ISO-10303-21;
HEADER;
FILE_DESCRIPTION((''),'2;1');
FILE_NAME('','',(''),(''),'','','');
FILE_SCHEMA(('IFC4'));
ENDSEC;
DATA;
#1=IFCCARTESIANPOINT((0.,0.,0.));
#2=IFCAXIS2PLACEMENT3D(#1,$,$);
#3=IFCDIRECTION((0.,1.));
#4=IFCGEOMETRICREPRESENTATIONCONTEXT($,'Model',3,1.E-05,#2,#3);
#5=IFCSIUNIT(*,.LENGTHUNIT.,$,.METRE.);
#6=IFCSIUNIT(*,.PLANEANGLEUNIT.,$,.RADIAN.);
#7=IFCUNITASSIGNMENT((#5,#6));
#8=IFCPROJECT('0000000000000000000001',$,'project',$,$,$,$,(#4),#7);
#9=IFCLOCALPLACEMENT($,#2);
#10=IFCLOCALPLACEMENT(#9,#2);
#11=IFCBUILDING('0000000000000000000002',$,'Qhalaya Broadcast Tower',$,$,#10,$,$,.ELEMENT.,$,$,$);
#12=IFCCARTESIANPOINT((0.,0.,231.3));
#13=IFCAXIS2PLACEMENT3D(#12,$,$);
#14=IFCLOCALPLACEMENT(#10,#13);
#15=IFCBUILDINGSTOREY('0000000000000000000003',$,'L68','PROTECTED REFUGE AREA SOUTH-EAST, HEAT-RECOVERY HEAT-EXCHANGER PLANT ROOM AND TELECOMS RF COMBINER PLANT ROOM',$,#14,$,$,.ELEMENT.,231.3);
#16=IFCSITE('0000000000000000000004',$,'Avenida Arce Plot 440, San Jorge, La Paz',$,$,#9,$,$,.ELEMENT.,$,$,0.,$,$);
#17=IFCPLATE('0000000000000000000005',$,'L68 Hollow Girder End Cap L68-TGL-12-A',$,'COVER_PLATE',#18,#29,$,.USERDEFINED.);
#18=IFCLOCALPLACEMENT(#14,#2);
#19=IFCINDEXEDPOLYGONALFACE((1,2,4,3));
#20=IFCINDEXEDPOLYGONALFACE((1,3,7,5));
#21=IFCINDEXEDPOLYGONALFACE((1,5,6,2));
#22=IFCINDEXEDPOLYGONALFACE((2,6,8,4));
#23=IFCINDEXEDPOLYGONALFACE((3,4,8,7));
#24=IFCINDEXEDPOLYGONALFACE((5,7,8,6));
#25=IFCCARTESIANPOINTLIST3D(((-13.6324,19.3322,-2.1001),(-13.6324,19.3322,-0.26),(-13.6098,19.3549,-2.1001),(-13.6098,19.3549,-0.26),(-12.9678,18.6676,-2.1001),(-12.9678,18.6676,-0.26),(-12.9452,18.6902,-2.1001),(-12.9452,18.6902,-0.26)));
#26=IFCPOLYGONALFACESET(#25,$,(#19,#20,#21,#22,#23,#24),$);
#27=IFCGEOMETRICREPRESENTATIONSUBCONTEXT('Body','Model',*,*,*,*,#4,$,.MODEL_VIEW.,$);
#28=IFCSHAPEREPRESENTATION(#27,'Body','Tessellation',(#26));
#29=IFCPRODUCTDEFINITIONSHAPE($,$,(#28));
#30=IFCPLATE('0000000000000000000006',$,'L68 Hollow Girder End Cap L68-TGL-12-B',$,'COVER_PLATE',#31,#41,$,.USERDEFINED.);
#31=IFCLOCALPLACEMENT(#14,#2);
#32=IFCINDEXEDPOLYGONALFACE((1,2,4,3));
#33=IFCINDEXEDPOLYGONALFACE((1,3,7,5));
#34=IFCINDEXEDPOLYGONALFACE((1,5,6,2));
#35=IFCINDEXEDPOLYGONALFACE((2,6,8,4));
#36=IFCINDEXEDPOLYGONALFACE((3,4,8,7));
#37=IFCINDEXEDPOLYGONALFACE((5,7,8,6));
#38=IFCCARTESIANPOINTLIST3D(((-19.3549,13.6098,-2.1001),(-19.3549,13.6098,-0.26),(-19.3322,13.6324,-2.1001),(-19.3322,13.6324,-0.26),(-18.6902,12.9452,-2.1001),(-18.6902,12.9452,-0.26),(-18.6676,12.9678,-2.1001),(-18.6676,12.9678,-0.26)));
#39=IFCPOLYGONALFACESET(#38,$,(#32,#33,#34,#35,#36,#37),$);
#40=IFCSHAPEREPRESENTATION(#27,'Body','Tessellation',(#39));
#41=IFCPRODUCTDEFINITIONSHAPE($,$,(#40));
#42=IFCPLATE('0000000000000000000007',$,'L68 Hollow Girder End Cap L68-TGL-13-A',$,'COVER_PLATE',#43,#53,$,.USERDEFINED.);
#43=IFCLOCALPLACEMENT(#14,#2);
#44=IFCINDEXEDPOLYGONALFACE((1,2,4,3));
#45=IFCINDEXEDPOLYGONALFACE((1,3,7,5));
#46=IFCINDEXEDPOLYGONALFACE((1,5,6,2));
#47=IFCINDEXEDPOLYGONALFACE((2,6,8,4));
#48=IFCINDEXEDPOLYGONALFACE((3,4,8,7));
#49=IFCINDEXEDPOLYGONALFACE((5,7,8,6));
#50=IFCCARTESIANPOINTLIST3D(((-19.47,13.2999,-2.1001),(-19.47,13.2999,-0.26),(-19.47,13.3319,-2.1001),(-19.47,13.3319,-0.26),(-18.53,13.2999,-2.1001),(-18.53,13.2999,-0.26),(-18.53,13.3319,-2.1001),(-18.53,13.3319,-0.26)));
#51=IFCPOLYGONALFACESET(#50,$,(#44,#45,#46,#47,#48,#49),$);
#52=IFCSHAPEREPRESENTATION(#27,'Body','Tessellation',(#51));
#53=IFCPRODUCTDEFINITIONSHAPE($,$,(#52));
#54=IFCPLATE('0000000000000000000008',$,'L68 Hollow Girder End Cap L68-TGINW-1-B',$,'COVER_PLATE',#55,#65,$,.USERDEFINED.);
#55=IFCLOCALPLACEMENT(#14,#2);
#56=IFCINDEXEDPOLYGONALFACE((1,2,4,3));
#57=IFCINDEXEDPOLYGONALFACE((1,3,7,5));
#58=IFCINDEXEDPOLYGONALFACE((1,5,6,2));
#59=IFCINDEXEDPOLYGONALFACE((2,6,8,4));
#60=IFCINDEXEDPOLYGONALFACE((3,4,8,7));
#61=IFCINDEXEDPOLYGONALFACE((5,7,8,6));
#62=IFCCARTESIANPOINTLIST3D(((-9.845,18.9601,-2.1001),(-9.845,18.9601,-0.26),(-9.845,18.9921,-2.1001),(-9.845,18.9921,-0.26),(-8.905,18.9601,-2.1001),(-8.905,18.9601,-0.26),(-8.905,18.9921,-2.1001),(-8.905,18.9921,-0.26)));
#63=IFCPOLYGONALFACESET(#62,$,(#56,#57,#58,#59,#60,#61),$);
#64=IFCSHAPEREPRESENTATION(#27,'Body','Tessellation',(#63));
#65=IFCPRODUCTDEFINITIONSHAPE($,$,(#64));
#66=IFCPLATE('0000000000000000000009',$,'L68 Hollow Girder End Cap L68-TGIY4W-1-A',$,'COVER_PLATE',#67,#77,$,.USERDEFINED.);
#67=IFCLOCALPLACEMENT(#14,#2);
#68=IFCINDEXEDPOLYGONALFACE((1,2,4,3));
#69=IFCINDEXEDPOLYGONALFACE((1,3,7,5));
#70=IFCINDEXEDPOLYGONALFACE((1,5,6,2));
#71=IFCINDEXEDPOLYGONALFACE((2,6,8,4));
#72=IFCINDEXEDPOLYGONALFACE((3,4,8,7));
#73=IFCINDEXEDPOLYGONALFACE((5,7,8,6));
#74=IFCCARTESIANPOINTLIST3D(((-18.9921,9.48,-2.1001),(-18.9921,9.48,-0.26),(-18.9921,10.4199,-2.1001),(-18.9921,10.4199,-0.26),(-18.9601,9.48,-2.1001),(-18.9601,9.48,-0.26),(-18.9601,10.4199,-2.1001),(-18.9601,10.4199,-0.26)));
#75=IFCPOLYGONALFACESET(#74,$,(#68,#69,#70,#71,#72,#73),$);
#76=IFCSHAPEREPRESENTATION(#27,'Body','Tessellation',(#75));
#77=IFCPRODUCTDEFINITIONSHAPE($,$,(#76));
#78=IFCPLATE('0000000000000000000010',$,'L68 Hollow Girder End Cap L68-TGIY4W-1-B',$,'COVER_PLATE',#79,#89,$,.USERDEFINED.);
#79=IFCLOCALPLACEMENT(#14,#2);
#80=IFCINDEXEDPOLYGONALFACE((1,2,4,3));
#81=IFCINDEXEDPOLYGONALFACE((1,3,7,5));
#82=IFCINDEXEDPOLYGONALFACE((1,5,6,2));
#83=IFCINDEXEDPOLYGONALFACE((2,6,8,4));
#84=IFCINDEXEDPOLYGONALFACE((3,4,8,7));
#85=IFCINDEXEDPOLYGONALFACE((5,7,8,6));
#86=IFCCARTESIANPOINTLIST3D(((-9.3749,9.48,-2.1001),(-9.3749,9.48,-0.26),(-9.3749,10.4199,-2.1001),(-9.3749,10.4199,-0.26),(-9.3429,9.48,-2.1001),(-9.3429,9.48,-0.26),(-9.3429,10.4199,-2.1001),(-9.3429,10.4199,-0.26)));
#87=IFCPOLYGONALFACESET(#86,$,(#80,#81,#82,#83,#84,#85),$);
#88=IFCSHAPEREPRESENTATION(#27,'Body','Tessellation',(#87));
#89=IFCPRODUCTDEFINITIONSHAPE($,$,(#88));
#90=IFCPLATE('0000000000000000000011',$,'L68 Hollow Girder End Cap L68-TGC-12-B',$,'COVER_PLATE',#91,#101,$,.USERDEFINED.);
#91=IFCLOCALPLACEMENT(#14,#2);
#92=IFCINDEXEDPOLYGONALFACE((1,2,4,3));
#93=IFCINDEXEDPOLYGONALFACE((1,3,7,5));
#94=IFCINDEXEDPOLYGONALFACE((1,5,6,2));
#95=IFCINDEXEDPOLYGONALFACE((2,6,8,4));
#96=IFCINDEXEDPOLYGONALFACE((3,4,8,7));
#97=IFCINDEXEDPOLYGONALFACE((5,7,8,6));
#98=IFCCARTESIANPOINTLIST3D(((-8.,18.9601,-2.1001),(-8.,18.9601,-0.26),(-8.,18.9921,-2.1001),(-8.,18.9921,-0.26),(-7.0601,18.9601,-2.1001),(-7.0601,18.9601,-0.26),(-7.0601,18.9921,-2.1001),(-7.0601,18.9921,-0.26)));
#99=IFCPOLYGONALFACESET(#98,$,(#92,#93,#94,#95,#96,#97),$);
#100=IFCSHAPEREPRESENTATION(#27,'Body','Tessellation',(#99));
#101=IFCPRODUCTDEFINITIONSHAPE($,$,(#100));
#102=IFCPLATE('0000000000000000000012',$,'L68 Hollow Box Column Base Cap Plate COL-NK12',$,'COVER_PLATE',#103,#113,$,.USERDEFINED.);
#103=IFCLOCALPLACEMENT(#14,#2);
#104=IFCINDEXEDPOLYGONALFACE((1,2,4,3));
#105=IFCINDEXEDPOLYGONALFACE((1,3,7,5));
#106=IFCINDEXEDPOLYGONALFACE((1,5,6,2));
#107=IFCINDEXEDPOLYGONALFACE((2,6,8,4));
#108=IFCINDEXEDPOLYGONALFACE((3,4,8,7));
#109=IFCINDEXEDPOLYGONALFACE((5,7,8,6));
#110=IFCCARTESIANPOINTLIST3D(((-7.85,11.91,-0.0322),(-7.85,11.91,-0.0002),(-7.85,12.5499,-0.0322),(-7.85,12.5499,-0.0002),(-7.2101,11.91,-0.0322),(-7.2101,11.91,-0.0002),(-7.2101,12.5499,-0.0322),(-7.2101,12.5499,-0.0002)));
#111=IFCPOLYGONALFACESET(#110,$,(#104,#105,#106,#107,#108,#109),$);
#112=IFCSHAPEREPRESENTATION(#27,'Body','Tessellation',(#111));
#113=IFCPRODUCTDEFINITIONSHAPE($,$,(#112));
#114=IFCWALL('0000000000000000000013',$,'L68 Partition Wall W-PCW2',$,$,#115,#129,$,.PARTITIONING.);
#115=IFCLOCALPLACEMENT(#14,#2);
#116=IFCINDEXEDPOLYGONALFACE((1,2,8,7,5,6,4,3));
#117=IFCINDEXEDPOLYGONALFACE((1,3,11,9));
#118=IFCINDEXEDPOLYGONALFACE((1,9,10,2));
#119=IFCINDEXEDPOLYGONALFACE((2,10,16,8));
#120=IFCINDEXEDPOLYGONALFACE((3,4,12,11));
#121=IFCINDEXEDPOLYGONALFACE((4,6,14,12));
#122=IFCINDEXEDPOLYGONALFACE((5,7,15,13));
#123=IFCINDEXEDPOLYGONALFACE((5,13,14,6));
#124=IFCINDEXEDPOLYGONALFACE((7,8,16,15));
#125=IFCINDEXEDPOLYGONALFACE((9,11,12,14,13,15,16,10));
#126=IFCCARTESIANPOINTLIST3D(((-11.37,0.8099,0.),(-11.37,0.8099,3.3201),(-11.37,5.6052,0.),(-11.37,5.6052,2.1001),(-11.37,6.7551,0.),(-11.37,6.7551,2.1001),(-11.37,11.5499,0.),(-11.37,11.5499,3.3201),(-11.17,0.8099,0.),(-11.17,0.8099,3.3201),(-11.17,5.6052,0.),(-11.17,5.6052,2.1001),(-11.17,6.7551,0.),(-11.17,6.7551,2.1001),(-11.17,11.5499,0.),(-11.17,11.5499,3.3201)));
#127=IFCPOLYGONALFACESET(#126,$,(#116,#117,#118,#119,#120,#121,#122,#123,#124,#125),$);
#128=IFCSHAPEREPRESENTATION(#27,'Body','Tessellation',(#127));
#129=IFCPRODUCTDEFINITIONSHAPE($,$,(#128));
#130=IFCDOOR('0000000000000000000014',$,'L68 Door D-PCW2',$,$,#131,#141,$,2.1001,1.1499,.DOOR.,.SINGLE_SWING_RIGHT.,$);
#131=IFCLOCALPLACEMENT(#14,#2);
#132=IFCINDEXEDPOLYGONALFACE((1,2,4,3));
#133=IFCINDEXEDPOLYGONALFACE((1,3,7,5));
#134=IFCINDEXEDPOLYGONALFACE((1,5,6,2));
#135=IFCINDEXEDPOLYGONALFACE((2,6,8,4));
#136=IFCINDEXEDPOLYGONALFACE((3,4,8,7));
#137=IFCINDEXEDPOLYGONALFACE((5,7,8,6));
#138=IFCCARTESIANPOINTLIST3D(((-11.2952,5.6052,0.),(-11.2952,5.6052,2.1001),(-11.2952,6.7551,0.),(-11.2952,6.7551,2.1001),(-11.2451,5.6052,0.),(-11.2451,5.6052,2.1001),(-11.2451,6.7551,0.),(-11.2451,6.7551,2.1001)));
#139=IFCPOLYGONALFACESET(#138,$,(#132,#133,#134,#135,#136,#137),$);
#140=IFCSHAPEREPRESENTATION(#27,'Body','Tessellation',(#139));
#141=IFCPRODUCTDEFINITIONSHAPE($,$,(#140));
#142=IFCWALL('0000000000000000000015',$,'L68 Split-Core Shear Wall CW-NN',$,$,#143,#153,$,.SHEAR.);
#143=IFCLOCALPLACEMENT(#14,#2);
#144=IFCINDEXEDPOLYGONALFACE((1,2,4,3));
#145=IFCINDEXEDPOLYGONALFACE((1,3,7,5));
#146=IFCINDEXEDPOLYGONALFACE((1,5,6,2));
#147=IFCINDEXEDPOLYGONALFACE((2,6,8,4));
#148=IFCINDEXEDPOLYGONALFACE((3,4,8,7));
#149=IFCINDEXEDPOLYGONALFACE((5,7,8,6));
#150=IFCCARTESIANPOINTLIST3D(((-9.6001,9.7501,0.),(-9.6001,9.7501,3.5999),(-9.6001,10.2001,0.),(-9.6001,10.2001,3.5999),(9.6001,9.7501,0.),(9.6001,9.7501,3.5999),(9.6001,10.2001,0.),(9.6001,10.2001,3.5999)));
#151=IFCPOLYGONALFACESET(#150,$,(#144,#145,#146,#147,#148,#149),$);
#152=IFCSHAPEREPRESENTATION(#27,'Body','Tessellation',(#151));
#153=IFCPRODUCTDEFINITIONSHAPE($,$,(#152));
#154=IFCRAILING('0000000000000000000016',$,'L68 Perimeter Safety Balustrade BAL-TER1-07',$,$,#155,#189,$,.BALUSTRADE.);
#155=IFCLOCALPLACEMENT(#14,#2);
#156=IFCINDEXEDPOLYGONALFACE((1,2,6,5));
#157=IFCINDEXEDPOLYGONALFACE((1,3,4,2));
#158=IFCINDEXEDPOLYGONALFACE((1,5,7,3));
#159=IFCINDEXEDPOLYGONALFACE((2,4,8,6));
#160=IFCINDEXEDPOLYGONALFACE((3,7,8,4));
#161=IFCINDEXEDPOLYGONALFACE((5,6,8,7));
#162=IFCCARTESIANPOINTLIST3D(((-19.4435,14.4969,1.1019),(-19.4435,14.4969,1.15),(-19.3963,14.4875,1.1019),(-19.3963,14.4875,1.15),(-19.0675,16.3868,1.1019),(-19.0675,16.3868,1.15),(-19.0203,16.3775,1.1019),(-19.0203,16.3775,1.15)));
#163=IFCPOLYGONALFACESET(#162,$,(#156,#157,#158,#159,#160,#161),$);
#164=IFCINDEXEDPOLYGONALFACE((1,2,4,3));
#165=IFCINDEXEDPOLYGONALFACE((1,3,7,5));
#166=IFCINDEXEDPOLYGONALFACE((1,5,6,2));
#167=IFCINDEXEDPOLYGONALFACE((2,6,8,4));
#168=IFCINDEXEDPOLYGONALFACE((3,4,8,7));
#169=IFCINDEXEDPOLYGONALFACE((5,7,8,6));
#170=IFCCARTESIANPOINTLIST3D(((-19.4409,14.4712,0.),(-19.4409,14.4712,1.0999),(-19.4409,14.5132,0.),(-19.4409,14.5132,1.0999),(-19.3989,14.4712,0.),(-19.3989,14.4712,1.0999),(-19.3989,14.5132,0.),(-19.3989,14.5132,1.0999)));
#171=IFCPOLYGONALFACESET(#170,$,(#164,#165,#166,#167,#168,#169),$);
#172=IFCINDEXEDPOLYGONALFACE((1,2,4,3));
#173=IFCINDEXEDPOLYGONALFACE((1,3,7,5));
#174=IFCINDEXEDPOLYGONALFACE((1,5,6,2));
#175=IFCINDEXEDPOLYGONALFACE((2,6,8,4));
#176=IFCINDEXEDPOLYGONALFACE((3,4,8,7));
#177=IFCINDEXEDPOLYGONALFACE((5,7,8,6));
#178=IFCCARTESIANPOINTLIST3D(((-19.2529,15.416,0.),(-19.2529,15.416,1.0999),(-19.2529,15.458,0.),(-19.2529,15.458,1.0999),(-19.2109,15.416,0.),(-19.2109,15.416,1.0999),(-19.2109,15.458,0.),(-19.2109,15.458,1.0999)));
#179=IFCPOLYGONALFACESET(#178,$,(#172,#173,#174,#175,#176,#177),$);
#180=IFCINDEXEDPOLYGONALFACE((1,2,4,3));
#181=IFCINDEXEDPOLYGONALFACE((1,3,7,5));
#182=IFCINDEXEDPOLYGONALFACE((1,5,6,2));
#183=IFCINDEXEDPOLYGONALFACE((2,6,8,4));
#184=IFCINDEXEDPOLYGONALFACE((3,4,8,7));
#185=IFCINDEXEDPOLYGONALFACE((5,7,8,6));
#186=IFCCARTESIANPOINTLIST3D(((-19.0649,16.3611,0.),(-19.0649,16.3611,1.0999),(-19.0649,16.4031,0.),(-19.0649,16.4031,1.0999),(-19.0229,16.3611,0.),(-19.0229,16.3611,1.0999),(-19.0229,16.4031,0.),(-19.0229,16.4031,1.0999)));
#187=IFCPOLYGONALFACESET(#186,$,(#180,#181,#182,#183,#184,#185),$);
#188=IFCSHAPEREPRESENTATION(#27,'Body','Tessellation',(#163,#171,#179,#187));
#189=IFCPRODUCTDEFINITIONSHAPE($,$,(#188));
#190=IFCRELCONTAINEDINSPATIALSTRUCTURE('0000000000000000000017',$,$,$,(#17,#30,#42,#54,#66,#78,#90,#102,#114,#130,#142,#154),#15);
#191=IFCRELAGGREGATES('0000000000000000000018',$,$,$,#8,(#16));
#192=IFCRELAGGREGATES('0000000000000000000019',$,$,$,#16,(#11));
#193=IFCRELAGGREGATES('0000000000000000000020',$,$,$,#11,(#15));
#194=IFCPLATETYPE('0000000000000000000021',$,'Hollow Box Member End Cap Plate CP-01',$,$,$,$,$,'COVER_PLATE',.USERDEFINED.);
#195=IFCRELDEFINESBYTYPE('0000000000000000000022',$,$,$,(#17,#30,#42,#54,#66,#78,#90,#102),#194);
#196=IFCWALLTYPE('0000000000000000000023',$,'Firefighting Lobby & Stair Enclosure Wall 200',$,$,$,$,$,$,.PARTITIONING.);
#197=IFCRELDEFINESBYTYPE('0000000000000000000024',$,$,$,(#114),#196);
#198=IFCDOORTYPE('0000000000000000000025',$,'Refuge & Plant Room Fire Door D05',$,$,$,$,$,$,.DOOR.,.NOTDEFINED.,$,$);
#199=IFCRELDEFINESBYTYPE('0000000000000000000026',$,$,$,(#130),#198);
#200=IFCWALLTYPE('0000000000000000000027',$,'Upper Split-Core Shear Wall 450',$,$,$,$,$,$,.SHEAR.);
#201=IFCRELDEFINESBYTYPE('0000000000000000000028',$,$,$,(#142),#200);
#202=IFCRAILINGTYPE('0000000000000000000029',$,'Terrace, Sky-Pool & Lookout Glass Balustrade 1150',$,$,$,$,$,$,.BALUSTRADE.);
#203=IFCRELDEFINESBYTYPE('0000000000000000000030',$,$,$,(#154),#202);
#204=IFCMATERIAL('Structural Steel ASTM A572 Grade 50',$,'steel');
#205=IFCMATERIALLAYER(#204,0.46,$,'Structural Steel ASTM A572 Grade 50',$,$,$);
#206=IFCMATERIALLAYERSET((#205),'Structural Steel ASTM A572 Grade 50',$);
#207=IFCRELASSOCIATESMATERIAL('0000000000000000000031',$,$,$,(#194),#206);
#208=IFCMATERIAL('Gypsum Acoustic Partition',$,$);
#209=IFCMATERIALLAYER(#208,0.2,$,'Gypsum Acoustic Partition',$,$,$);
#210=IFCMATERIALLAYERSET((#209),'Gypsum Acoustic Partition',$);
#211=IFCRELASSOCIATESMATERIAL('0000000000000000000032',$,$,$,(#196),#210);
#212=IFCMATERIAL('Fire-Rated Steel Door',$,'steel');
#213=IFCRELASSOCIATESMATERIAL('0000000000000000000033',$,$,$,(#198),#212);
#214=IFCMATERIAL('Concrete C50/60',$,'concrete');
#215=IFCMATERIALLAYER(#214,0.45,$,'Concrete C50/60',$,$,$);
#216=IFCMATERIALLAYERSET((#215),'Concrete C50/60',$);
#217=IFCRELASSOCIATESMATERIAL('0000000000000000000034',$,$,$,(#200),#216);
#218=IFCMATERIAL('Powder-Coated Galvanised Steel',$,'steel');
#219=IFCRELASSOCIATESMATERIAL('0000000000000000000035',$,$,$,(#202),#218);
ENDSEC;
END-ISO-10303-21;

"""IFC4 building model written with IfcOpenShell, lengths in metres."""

from ifc_helpers import new_model, si_unit, direction, frame, frame_2d, origin, origin_2d, place, context, subcontext, project, spatial, rectangle, extrude, material, layer, layer_set, type_object, element, fill, save


model = new_model("IFC4")

# Units and contexts
model_context = context("Model", 3, precision=1e-05, world=origin(), true_north=direction((0.0, 1.0)))
body_context = subcontext(model_context, "Body", "Model", "MODEL_VIEW")
ifc_project = project(units=[si_unit("LENGTHUNIT", "METRE"), si_unit("PLANEANGLEUNIT", "RADIAN")], contexts=[model_context])

# Site, building, storey
site_placement = place(None, origin())
site = spatial("IfcSite", under=ifc_project, at=site_placement, Name="Avenida Arce Plot 440, San Jorge, La Paz", CompositionType="ELEMENT", RefElevation=0.0)
building_placement = place(site_placement, origin())
building = spatial("IfcBuilding", under=site, at=building_placement, Name="Qhalaya Broadcast Tower", CompositionType="ELEMENT")
storey_placement = place(building_placement, frame((0.0, 0.0, 231.3)))
storey = spatial("IfcBuildingStorey", under=building, at=storey_placement, Name="L68", Description="PROTECTED REFUGE AREA SOUTH-EAST, HEAT-RECOVERY HEAT-EXCHANGER PLANT ROOM AND TELECOMS RF COMBINER PLANT ROOM", CompositionType="ELEMENT", Elevation=231.3)

# Shared definitions
ifc_material_1 = material(Name="Concrete C50/60", Category="concrete")
ifc_material_2 = material(Name="Structural Steel ASTM A572 Grade 50", Category="steel")

# Plates
ifc_layer_1 = layer(ifc_material_2, 0.46, Name="Structural Steel ASTM A572 Grade 50")
ifc_layer_set_1 = layer_set([ifc_layer_1], Name="Structural Steel ASTM A572 Grade 50")
plate_type = type_object("IfcPlateType", Name="Hollow Box Member End Cap Plate CP-01", ElementType="COVER_PLATE", PredefinedType="USERDEFINED", material=ifc_layer_set_1)
for number, where, z_axis, x_axis, name in (
    (1, (-13.2888, 19.0112, -2.1001), (0.0, 0.0, 1.0), (0.707107, -0.707107, 0.0), "L68 Hollow Girder End Cap L68-TGL-12-A"),
    (2, (-19.0112, 13.2888, -2.1001), (0.0, 0.0, 1.0), (0.707107, -0.707107, 0.0), "L68 Hollow Girder End Cap L68-TGL-12-B"),
    (3, (-19.0, 13.3159, -2.1001), (0.0, 0.0, 1.0), (1.0, 0.0, 0.0), "L68 Hollow Girder End Cap L68-TGL-13-A"),
    (4, (-9.375, 18.9761, -2.1001), (0.0, 0.0, 1.0), (-1.0, 0.0, 0.0), "L68 Hollow Girder End Cap L68-TGINW-1-B"),
    (5, (-18.9761, 9.95, -2.1001), (0.0, 0.0, 1.0), (0.0, 1.0, 0.0), "L68 Hollow Girder End Cap L68-TGIY4W-1-A"),
    (6, (-9.3589, 9.95, -2.1001), (0.0, 0.0, 1.0), (0.0, 1.0, 0.0), "L68 Hollow Girder End Cap L68-TGIY4W-1-B"),
    (7, (-7.53, 18.9761, -2.1001), (0.0, 0.0, 1.0), (-1.0, 0.0, 0.0), "L68 Hollow Girder End Cap L68-TGC-12-B"),
):
    element("IfcPlate", number, at=place(storey_placement, frame(where, z_axis=z_axis, x_axis=x_axis)), inside=storey, type_object=plate_type, Name=name, ObjectType="COVER_PLATE", PredefinedType="USERDEFINED", context=body_context, shape_type="SweptSolid", body=[
        extrude(rectangle(XDim=0.9399, YDim=0.032, at=origin_2d()), origin(), (0.0, 0.0, 1.0), 1.8401),
    ])
plate_placement = place(storey_placement, frame((-7.53, 12.23, -0.0322), z_axis=(0.0, 0.0, 1.0), x_axis=(1.0, 0.0, 0.0)))
element("IfcPlate", 8, at=plate_placement, inside=storey, type_object=plate_type, Name="L68 Hollow Box Column Base Cap Plate COL-NK12", ObjectType="COVER_PLATE", PredefinedType="USERDEFINED", context=body_context, shape_type="SweptSolid", body=[
    extrude(rectangle(XDim=0.6399, YDim=0.6399, at=origin_2d()), origin(), (0.0, 0.0, 1.0), 0.032),
])

# Wall, opening, door
ifc_material_3 = material(Name="Gypsum Acoustic Partition")
ifc_layer_2 = layer(ifc_material_3, 0.2, Name="Gypsum Acoustic Partition")
ifc_layer_set_2 = layer_set([ifc_layer_2], Name="Gypsum Acoustic Partition")
wall_type_1 = type_object("IfcWallType", Name="Firefighting Lobby & Stair Enclosure Wall 200", PredefinedType="PARTITIONING", material=ifc_layer_set_2)
wall_1_placement = place(storey_placement, frame((-11.27, 11.55, 0.0), z_axis=(0.0, 0.0, 1.0), x_axis=(0.0, -1.0, 0.0)))
wall_1 = element("IfcWall", 9, at=wall_1_placement, inside=storey, type_object=wall_type_1, Name="L68 Partition Wall W-PCW2", PredefinedType="PARTITIONING", context=body_context, shape_type="SweptSolid", body=[
    extrude(rectangle(XDim=10.74, YDim=0.2, at=frame_2d((5.3701, 0.0))), origin(), (0.0, 0.0, 1.0), 3.3201),
])
opening_placement = place(wall_1_placement, frame((4.7949, 0.0, 0.0)))
opening = element("IfcOpeningElement", 10, at=opening_placement, cuts=wall_1, PredefinedType="OPENING", context=body_context, shape_type="SweptSolid", body=[
    extrude(rectangle(XDim=1.1499, YDim=2.1001, at=frame_2d((0.575, 1.05))), frame((0.0, 0.1121, 0.0), z_axis=(0.0, -1.0, 0.0), x_axis=(1.0, 0.0, 0.0)), (0.0, 0.0, 1.0), 0.2239),
])
ifc_material_4 = material(Name="Fire-Rated Steel Door", Category="steel")
door_type = type_object("IfcDoorType", Name="Refuge & Plant Room Fire Door D05", OperationType="NOTDEFINED", PredefinedType="DOOR", material=ifc_material_4)
door_placement = place(opening_placement, origin())
door = element("IfcDoor", 11, at=door_placement, inside=storey, type_object=door_type, Name="L68 Door D-PCW2", OperationType="SINGLE_SWING_RIGHT", OverallHeight=2.1001, OverallWidth=1.1499, PredefinedType="DOOR", context=body_context, shape_type="SweptSolid", body=[
    extrude(rectangle(XDim=1.1499, YDim=2.1001, at=frame_2d((0.575, 1.05))), frame((0.0, 0.0249, 0.0), z_axis=(0.0, -1.0, 0.0), x_axis=(1.0, 0.0, 0.0)), (0.0, 0.0, 1.0), 0.05),
])
fill(opening, door)

# Wall
ifc_layer_3 = layer(ifc_material_1, 0.45, Name="Concrete C50/60")
ifc_layer_set_3 = layer_set([ifc_layer_3], Name="Concrete C50/60")
wall_type_2 = type_object("IfcWallType", Name="Upper Split-Core Shear Wall 450", PredefinedType="SHEAR", material=ifc_layer_set_3)
wall_2_placement = place(storey_placement, frame((-9.6001, 9.9751, 0.0), z_axis=(0.0, 0.0, 1.0), x_axis=(1.0, 0.0, 0.0)))
element("IfcWall", 12, at=wall_2_placement, inside=storey, type_object=wall_type_2, Name="L68 Split-Core Shear Wall CW-NN", PredefinedType="SHEAR", context=body_context, shape_type="SweptSolid", body=[
    extrude(rectangle(XDim=19.2002, YDim=0.45, at=frame_2d((9.6001, 0.0))), origin(), (0.0, 0.0, 1.0), 3.5999),
])

# Railing
ifc_material_5 = material(Name="Powder-Coated Galvanised Steel", Category="steel")
railing_type = type_object("IfcRailingType", Name="Terrace, Sky-Pool & Lookout Glass Balustrade 1150", PredefinedType="BALUSTRADE", material=ifc_material_5)
railing_1_placement = place(storey_placement, frame((-19.4199, 14.4922, 0.0)))
element("IfcRailing", 13, at=railing_1_placement, inside=storey, type_object=railing_type, Name="L68 Perimeter Safety Balustrade BAL-TER1-07", PredefinedType="BALUSTRADE", context=body_context, shape_type="SweptSolid", body=[
    extrude(rectangle(XDim=0.0481, YDim=0.0481, at=origin_2d()), frame((0.0, 0.0, 1.126), z_axis=(0.195117, 0.98078, 0.0), x_axis=(-0.98078, 0.195117, 0.0)), (0.0, 0.0, 1.0), 1.927),
    extrude(rectangle(XDim=0.042, YDim=0.042, at=origin_2d()), origin(), (0.0, 0.0, 1.0), 1.0999),
    extrude(rectangle(XDim=0.042, YDim=0.042, at=origin_2d()), frame((0.188, 0.9448, 0.0)), (0.0, 0.0, 1.0), 1.0999),
    extrude(rectangle(XDim=0.042, YDim=0.042, at=origin_2d()), frame((0.376, 1.8899, 0.0)), (0.0, 0.0, 1.0), 1.0999),
])

save(model, "model.ifc")
